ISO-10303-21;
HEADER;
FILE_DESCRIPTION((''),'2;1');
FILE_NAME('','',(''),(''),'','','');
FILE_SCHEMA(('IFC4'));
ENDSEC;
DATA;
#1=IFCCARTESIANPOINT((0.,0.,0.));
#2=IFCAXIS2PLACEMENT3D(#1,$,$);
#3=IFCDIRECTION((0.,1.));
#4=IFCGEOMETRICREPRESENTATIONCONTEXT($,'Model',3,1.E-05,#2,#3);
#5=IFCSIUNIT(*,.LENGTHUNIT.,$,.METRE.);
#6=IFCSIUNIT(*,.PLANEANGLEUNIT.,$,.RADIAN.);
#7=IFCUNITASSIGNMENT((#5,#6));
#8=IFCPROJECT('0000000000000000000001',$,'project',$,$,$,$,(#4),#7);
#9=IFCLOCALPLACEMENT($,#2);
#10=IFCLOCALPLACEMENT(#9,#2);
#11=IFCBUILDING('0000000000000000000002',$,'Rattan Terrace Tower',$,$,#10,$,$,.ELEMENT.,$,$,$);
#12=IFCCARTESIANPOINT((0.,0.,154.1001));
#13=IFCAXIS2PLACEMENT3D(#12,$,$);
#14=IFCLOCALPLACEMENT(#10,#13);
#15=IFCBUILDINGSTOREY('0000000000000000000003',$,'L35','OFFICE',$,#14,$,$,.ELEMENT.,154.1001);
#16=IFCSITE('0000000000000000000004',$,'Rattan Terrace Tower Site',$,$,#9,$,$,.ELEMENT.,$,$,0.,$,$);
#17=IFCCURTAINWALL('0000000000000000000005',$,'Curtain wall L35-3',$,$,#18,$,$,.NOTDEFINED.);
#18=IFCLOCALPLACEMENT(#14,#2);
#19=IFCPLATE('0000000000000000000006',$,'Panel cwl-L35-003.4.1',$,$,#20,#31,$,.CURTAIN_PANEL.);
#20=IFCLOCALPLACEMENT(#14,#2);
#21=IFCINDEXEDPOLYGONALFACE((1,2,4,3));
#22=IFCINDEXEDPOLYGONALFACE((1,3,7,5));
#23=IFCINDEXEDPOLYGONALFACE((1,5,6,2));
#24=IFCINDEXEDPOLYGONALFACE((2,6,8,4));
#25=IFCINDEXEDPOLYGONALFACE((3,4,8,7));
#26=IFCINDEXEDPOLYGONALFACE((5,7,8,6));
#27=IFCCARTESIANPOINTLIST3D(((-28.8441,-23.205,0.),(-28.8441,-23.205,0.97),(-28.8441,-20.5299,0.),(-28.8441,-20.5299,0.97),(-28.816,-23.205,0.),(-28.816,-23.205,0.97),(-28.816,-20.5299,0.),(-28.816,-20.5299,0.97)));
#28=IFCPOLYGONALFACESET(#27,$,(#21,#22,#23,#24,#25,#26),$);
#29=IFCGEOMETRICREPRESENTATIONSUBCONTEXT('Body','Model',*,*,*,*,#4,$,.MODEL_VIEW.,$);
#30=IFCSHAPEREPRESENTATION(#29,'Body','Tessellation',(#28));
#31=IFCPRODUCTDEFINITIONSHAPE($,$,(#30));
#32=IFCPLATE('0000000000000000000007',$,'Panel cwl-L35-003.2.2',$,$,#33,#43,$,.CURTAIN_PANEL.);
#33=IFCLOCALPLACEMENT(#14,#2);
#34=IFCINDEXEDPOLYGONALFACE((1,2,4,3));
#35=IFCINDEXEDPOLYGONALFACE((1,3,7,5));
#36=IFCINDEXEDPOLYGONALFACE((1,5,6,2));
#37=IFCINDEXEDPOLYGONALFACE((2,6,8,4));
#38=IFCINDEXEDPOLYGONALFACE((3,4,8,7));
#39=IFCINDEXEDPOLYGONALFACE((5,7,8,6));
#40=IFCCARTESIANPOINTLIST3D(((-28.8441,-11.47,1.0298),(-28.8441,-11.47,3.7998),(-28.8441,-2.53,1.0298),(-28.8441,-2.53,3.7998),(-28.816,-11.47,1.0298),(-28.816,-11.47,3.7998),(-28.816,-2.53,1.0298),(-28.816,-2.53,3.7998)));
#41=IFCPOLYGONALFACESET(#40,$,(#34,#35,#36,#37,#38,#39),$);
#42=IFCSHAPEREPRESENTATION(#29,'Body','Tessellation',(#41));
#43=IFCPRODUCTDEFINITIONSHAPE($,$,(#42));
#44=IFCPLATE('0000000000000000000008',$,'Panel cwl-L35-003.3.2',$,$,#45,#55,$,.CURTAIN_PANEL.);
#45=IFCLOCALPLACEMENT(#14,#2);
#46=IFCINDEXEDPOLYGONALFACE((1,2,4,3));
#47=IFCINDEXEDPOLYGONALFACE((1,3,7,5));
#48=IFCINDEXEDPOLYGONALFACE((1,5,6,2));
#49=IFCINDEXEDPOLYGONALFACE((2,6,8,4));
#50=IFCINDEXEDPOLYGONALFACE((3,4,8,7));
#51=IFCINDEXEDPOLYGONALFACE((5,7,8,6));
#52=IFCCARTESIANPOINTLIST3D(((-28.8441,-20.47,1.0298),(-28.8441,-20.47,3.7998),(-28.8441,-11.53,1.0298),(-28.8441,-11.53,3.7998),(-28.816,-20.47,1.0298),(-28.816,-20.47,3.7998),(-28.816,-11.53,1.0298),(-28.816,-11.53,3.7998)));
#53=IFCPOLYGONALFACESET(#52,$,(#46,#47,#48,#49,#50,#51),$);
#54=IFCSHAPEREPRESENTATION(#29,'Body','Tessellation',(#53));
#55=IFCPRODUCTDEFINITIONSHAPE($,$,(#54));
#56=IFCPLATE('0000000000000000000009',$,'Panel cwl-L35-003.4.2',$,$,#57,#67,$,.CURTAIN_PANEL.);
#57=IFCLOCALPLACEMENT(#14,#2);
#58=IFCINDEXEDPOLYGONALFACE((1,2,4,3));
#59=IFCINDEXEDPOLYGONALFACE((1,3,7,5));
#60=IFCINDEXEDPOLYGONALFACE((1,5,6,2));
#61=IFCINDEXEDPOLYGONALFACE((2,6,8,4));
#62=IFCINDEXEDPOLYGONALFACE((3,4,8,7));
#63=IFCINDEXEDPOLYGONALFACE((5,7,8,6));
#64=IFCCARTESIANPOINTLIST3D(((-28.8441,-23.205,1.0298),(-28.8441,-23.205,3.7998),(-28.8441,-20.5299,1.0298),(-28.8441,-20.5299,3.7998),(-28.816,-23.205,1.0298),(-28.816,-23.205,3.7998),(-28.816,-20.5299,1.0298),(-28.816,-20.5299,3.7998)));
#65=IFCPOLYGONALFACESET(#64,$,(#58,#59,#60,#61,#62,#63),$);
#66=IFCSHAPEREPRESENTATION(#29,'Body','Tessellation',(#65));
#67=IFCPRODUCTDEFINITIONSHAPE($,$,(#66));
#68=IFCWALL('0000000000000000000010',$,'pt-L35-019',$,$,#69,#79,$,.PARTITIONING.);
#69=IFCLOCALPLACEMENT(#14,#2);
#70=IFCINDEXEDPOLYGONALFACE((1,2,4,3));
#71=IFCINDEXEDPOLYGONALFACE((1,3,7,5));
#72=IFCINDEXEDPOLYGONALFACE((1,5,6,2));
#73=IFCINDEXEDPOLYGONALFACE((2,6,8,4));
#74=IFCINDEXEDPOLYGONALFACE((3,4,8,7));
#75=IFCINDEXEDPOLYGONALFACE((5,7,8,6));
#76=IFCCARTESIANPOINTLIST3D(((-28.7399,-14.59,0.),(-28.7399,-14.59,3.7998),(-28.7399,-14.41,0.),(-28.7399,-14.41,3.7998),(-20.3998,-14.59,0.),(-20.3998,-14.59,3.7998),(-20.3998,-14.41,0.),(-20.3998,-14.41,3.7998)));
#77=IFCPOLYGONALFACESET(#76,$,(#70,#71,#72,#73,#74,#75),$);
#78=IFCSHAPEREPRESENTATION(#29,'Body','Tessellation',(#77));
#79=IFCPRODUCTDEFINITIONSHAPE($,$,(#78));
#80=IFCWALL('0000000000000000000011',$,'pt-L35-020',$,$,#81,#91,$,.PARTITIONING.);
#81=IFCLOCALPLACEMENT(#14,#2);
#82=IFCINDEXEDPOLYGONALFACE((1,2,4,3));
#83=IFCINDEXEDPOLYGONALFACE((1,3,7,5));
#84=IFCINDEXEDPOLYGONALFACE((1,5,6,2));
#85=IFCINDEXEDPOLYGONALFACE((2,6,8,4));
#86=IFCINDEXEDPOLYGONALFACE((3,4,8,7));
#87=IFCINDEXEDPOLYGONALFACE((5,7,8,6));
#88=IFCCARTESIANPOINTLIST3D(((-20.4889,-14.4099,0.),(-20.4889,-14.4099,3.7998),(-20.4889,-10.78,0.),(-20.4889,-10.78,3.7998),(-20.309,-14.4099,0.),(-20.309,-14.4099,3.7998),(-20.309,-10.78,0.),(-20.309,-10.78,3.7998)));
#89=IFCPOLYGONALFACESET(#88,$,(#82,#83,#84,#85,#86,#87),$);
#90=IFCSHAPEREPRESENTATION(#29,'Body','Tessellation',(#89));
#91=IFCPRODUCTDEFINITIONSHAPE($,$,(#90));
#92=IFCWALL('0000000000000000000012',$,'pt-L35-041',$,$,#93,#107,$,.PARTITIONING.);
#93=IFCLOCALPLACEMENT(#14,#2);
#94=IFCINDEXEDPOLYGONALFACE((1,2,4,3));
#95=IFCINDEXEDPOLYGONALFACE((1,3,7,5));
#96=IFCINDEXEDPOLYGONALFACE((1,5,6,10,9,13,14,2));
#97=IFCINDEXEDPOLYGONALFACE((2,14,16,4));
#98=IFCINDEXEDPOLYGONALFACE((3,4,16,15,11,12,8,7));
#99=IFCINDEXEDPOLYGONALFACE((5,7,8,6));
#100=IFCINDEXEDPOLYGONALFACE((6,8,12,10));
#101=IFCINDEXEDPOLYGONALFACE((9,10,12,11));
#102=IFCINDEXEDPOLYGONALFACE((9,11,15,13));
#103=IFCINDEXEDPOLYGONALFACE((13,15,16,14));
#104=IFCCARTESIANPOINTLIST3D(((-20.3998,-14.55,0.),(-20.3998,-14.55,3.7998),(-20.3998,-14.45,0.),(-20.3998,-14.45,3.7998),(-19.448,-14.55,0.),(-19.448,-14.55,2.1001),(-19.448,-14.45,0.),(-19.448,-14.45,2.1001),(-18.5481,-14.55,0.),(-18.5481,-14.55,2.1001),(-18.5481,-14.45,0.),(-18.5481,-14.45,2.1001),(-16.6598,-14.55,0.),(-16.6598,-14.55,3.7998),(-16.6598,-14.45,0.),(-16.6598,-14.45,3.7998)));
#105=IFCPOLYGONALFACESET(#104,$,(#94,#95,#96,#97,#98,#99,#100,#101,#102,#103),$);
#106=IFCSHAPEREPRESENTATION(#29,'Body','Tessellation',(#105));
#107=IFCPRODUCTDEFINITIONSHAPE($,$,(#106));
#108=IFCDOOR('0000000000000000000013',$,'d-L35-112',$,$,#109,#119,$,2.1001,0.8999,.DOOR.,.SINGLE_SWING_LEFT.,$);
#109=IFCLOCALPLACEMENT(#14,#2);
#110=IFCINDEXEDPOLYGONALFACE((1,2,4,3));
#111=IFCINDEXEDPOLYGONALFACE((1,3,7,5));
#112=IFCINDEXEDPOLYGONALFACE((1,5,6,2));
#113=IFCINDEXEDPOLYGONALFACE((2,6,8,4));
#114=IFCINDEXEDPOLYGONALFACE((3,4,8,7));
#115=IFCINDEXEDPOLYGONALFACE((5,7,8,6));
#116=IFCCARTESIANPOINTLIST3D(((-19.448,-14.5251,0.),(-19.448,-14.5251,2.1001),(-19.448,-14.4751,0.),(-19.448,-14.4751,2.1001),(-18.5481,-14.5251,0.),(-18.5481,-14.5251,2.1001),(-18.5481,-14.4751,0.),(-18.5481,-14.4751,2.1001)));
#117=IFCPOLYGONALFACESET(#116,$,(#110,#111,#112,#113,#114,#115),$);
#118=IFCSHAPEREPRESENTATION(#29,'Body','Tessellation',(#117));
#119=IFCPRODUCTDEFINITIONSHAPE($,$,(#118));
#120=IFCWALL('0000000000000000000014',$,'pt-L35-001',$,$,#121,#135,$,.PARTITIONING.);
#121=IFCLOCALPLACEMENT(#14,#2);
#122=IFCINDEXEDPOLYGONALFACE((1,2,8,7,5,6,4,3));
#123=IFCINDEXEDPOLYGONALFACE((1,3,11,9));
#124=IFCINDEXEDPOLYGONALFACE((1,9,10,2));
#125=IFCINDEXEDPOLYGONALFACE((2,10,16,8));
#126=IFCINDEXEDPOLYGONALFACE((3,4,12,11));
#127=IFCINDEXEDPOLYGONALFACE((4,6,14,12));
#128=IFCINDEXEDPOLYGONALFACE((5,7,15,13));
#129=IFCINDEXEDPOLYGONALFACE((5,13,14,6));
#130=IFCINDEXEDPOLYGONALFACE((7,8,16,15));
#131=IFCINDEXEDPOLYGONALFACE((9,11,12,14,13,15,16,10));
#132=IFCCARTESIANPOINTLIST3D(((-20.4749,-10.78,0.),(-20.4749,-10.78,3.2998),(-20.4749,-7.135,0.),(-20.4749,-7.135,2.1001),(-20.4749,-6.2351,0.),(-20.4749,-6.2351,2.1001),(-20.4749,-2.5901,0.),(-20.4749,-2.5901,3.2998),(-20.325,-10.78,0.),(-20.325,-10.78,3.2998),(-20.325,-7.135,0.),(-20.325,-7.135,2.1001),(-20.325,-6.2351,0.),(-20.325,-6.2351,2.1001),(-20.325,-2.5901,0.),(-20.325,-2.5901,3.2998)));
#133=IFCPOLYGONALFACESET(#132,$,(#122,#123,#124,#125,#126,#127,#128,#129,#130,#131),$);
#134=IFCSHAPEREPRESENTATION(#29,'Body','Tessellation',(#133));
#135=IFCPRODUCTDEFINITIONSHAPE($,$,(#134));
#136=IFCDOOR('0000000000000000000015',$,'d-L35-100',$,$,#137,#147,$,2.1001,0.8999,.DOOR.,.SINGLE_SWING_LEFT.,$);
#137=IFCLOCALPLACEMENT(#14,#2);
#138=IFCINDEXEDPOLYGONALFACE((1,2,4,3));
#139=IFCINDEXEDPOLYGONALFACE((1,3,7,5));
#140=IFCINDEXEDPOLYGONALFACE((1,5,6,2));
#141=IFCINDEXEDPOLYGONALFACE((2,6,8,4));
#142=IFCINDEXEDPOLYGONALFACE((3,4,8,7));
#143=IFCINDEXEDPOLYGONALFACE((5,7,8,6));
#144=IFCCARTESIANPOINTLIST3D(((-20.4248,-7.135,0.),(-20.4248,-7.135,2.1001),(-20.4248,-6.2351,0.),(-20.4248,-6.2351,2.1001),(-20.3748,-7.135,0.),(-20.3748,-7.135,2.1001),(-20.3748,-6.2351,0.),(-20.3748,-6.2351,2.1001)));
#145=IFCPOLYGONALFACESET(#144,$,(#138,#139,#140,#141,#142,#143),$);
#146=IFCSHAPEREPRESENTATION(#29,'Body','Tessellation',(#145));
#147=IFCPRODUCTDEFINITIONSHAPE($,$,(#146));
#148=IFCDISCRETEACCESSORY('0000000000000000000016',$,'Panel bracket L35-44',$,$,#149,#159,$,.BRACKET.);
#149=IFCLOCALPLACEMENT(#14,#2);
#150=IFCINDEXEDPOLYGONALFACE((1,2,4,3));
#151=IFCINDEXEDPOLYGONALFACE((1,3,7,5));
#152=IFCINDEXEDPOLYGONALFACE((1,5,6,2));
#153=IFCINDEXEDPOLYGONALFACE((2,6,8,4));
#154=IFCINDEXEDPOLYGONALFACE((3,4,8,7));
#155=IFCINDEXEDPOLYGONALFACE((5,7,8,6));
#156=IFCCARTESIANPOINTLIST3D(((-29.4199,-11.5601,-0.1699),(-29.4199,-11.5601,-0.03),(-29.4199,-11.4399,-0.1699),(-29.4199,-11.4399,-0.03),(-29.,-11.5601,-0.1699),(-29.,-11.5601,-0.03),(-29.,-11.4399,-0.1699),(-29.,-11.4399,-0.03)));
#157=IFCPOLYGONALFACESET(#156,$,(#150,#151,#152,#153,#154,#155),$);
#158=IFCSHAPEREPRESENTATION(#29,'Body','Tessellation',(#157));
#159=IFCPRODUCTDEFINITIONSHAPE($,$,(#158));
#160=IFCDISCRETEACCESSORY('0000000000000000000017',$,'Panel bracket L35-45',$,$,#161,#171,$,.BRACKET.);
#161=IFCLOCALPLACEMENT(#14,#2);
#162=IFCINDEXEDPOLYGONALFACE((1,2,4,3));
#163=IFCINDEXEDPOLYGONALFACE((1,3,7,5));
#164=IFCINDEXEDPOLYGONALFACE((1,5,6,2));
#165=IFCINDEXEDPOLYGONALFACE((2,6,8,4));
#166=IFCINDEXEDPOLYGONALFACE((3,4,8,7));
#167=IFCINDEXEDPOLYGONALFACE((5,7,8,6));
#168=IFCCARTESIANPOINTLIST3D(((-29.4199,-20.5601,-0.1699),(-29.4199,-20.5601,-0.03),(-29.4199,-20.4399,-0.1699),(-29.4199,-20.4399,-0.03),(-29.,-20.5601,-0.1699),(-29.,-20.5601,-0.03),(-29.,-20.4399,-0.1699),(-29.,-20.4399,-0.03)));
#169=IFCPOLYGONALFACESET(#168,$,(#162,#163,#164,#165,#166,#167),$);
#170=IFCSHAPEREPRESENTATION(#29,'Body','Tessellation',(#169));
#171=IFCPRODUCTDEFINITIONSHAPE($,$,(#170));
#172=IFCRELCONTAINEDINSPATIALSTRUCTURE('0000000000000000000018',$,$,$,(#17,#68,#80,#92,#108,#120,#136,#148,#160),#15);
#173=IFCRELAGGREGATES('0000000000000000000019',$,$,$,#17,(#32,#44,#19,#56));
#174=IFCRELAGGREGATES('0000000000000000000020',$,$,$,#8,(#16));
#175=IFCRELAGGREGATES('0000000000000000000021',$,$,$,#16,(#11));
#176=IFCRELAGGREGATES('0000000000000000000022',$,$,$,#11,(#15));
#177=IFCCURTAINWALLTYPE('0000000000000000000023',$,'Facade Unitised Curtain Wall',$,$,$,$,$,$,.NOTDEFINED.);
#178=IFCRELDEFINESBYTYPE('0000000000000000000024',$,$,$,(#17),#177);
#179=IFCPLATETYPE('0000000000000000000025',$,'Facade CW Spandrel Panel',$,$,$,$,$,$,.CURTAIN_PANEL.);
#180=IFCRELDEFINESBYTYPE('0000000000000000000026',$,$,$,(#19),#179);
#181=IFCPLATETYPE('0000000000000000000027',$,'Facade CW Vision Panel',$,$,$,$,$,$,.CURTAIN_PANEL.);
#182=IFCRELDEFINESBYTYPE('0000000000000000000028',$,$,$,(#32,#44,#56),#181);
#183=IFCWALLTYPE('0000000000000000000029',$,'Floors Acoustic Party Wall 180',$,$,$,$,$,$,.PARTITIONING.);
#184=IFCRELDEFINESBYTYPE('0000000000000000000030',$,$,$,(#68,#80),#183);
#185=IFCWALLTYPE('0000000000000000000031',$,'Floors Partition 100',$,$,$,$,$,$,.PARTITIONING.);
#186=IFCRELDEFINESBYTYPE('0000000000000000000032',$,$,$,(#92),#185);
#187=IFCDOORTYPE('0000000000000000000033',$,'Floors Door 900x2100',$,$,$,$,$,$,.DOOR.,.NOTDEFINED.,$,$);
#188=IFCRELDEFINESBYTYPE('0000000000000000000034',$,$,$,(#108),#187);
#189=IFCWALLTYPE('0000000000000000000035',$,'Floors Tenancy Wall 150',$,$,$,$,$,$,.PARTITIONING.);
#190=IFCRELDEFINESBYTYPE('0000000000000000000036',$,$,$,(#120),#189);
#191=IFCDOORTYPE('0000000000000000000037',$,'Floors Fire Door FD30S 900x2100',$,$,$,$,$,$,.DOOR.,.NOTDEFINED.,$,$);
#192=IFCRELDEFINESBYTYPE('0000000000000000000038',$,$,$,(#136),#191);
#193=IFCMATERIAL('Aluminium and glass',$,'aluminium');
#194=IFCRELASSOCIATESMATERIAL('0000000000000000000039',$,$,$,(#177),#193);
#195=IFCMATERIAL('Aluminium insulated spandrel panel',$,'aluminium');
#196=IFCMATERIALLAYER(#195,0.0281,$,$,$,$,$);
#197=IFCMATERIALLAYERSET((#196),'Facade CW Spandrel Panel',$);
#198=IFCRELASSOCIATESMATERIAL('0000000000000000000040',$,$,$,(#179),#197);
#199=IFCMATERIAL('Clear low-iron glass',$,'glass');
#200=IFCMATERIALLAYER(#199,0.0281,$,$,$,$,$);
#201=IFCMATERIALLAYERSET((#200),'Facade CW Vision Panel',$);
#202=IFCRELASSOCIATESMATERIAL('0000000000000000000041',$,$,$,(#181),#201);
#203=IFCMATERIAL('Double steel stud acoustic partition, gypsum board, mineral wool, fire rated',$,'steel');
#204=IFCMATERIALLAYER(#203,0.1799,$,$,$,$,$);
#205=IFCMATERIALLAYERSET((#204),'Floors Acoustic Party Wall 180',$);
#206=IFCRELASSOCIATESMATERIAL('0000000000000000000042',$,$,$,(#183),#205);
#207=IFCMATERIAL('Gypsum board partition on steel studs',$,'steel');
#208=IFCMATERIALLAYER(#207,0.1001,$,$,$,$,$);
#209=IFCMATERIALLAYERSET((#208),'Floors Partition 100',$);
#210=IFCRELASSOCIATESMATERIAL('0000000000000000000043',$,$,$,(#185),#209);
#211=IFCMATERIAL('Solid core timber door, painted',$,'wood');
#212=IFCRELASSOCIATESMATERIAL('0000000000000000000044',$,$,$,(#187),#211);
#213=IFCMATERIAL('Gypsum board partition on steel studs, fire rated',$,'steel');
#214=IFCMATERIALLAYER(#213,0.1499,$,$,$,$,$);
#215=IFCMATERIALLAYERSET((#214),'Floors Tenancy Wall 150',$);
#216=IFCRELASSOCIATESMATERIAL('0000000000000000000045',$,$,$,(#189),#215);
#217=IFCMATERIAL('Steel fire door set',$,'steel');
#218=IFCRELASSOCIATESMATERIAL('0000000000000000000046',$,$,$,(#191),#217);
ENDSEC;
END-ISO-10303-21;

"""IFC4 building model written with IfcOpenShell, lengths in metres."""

from ifc_helpers import new_model, si_unit, direction, frame, frame_2d, origin, origin_2d, place, context, subcontext, project, spatial, rectangle, extrude, material, layer, layer_set, type_object, element, fill, aggregate, save


model = new_model("IFC4")

# Units and contexts
model_context = context("Model", 3, precision=1e-05, world=origin(), true_north=direction((0.0, 1.0)))
body_context = subcontext(model_context, "Body", "Model", "MODEL_VIEW")
ifc_project = project(units=[si_unit("LENGTHUNIT", "METRE"), si_unit("PLANEANGLEUNIT", "RADIAN")], contexts=[model_context])

# Site, building, storey
site_placement = place(None, origin())
site = spatial("IfcSite", under=ifc_project, at=site_placement, Name="Rattan Terrace Tower Site", CompositionType="ELEMENT", RefElevation=0.0)
building_placement = place(site_placement, origin())
building = spatial("IfcBuilding", under=site, at=building_placement, Name="Rattan Terrace Tower", CompositionType="ELEMENT")
storey_placement = place(building_placement, frame((0.0, 0.0, 154.1001)))
storey = spatial("IfcBuildingStorey", under=building, at=storey_placement, Name="L35", Description="OFFICE", CompositionType="ELEMENT", Elevation=154.1001)

# Curtain wall
ifc_material_1 = material(Name="Aluminium and glass", Category="aluminium")
curtain_wall_type = type_object("IfcCurtainWallType", Name="Facade Unitised Curtain Wall", PredefinedType="NOTDEFINED", material=ifc_material_1)
curtain_wall_placement = place(storey_placement, origin())
curtain_wall = element("IfcCurtainWall", 1, at=curtain_wall_placement, inside=storey, type_object=curtain_wall_type, Name="Curtain wall L35-3", PredefinedType="NOTDEFINED")

# Plates
ifc_material_2 = material(Name="Aluminium insulated spandrel panel", Category="aluminium")
ifc_layer_1 = layer(ifc_material_2, 0.0281)
ifc_layer_set_1 = layer_set([ifc_layer_1], Name="Facade CW Spandrel Panel")
plate_type_1 = type_object("IfcPlateType", Name="Facade CW Spandrel Panel", PredefinedType="CURTAIN_PANEL", material=ifc_layer_set_1)
plate_1_placement = place(storey_placement, frame((-28.8301, -21.8674, 0.0), z_axis=(0.0, 0.0, 1.0), x_axis=(0.0, -1.0, 0.0)))
plate_1 = element("IfcPlate", 2, at=plate_1_placement, type_object=plate_type_1, Name="Panel cwl-L35-003.4.1", PredefinedType="CURTAIN_PANEL", context=body_context, shape_type="SweptSolid", body=[
    extrude(rectangle(XDim=2.675, YDim=0.0281, at=origin_2d()), origin(), (0.0, 0.0, 1.0), 0.97),
])
ifc_material_3 = material(Name="Clear low-iron glass", Category="glass")
ifc_layer_2 = layer(ifc_material_3, 0.0281)
ifc_layer_set_2 = layer_set([ifc_layer_2], Name="Facade CW Vision Panel")
plate_type_2 = type_object("IfcPlateType", Name="Facade CW Vision Panel", PredefinedType="CURTAIN_PANEL", material=ifc_layer_set_2)
plate_2_placement = place(storey_placement, frame((-28.8301, -7.0, 1.0298), z_axis=(0.0, 0.0, 1.0), x_axis=(0.0, -1.0, 0.0)))
plate_2 = element("IfcPlate", 3, at=plate_2_placement, type_object=plate_type_2, Name="Panel cwl-L35-003.2.2", PredefinedType="CURTAIN_PANEL", context=body_context, shape_type="SweptSolid", body=[
    extrude(rectangle(XDim=8.9399, YDim=0.0281, at=origin_2d()), origin(), (0.0, 0.0, 1.0), 2.77),
])
plate_3_placement = place(storey_placement, frame((-28.8301, -16.0, 1.0298), z_axis=(0.0, 0.0, 1.0), x_axis=(0.0, -1.0, 0.0)))
plate_3 = element("IfcPlate", 4, at=plate_3_placement, type_object=plate_type_2, Name="Panel cwl-L35-003.3.2", PredefinedType="CURTAIN_PANEL", context=body_context, shape_type="SweptSolid", body=[
    extrude(rectangle(XDim=8.9399, YDim=0.0281, at=origin_2d()), origin(), (0.0, 0.0, 1.0), 2.77),
])
plate_4_placement = place(storey_placement, frame((-28.8301, -21.8674, 1.0298), z_axis=(0.0, 0.0, 1.0), x_axis=(0.0, -1.0, 0.0)))
plate_4 = element("IfcPlate", 5, at=plate_4_placement, type_object=plate_type_2, Name="Panel cwl-L35-003.4.2", PredefinedType="CURTAIN_PANEL", context=body_context, shape_type="SweptSolid", body=[
    extrude(rectangle(XDim=2.675, YDim=0.0281, at=origin_2d()), origin(), (0.0, 0.0, 1.0), 2.77),
])
aggregate(curtain_wall, [plate_2, plate_3, plate_1, plate_4])

# Walls
ifc_material_4 = material(Name="Double steel stud acoustic partition, gypsum board, mineral wool, fire rated", Category="steel")
ifc_layer_3 = layer(ifc_material_4, 0.1799)
ifc_layer_set_3 = layer_set([ifc_layer_3], Name="Floors Acoustic Party Wall 180")
wall_type_1 = type_object("IfcWallType", Name="Floors Acoustic Party Wall 180", PredefinedType="PARTITIONING", material=ifc_layer_set_3)
wall_1_placement = place(storey_placement, frame((-20.3999, -14.5, 0.0), z_axis=(0.0, 0.0, 1.0), x_axis=(-1.0, 0.0, 0.0)))
element("IfcWall", 6, at=wall_1_placement, inside=storey, type_object=wall_type_1, Name="pt-L35-019", PredefinedType="PARTITIONING", context=body_context, shape_type="SweptSolid", body=[
    extrude(rectangle(XDim=8.3401, YDim=0.1799, at=frame_2d((4.1699, 0.0))), origin(), (0.0, 0.0, 1.0), 3.7998),
])
wall_2_placement = place(storey_placement, frame((-20.3989, -10.78, 0.0), z_axis=(0.0, 0.0, 1.0), x_axis=(0.0, -1.0, 0.0)))
element("IfcWall", 7, at=wall_2_placement, inside=storey, type_object=wall_type_1, Name="pt-L35-020", PredefinedType="PARTITIONING", context=body_context, shape_type="SweptSolid", body=[
    extrude(rectangle(XDim=3.6299, YDim=0.1799, at=frame_2d((1.8149, 0.0))), origin(), (0.0, 0.0, 1.0), 3.7998),
])

# Walls, openings, doors
ifc_material_5 = material(Name="Gypsum board partition on steel studs", Category="steel")
ifc_layer_4 = layer(ifc_material_5, 0.1001)
ifc_layer_set_4 = layer_set([ifc_layer_4], Name="Floors Partition 100")
wall_type_2 = type_object("IfcWallType", Name="Floors Partition 100", PredefinedType="PARTITIONING", material=ifc_layer_set_4)
wall_3_placement = place(storey_placement, frame((-20.3999, -14.5, 0.0), z_axis=(0.0, 0.0, 1.0), x_axis=(1.0, 0.0, 0.0)))
wall_3 = element("IfcWall", 8, at=wall_3_placement, inside=storey, type_object=wall_type_2, Name="pt-L35-041", PredefinedType="PARTITIONING", context=body_context, shape_type="SweptSolid", body=[
    extrude(rectangle(XDim=3.74, YDim=0.1001, at=frame_2d((1.8701, 0.0))), origin(), (0.0, 0.0, 1.0), 3.7998),
])
opening_1_placement = place(wall_3_placement, frame((0.9519, 0.0, 0.0)))
opening_1 = element("IfcOpeningElement", 9, at=opening_1_placement, cuts=wall_3, PredefinedType="OPENING", context=body_context, shape_type="SweptSolid", body=[
    extrude(rectangle(XDim=0.8999, YDim=2.1001, at=frame_2d((0.45, 1.05))), frame((0.0, 0.0605, 0.0), z_axis=(0.0, -1.0, 0.0), x_axis=(1.0, 0.0, 0.0)), (0.0, 0.0, 1.0), 0.1211),
])
ifc_material_6 = material(Name="Solid core timber door, painted", Category="wood")
door_type_1 = type_object("IfcDoorType", Name="Floors Door 900x2100", OperationType="NOTDEFINED", PredefinedType="DOOR", material=ifc_material_6)
door_1_placement = place(opening_1_placement, origin())
door_1 = element("IfcDoor", 10, at=door_1_placement, inside=storey, type_object=door_type_1, Name="d-L35-112", OperationType="SINGLE_SWING_LEFT", OverallHeight=2.1001, OverallWidth=0.8999, PredefinedType="DOOR", context=body_context, shape_type="SweptSolid", body=[
    extrude(rectangle(XDim=0.8999, YDim=2.1001, at=frame_2d((0.45, 1.05))), frame((0.0, 0.0249, 0.0), z_axis=(0.0, -1.0, 0.0), x_axis=(1.0, 0.0, 0.0)), (0.0, 0.0, 1.0), 0.05),
])
fill(opening_1, door_1)
ifc_material_7 = material(Name="Gypsum board partition on steel studs, fire rated", Category="steel")
ifc_layer_5 = layer(ifc_material_7, 0.1499)
ifc_layer_set_5 = layer_set([ifc_layer_5], Name="Floors Tenancy Wall 150")
wall_type_3 = type_object("IfcWallType", Name="Floors Tenancy Wall 150", PredefinedType="PARTITIONING", material=ifc_layer_set_5)
wall_4_placement = place(storey_placement, frame((-20.3999, -10.78, 0.0), z_axis=(0.0, 0.0, 1.0), x_axis=(0.0, 1.0, 0.0)))
wall_4 = element("IfcWall", 11, at=wall_4_placement, inside=storey, type_object=wall_type_3, Name="pt-L35-001", PredefinedType="PARTITIONING", context=body_context, shape_type="SweptSolid", body=[
    extrude(rectangle(XDim=8.1899, YDim=0.1499, at=frame_2d((4.095, 0.0))), origin(), (0.0, 0.0, 1.0), 3.2998),
])
opening_2_placement = place(wall_4_placement, frame((3.645, 0.0, 0.0)))
opening_2 = element("IfcOpeningElement", 12, at=opening_2_placement, cuts=wall_4, PredefinedType="OPENING", context=body_context, shape_type="SweptSolid", body=[
    extrude(rectangle(XDim=0.8999, YDim=2.1001, at=frame_2d((0.45, 1.05))), frame((0.0, 0.0854, 0.0), z_axis=(0.0, -1.0, 0.0), x_axis=(1.0, 0.0, 0.0)), (0.0, 0.0, 1.0), 0.1709),
])
ifc_material_8 = material(Name="Steel fire door set", Category="steel")
door_type_2 = type_object("IfcDoorType", Name="Floors Fire Door FD30S 900x2100", OperationType="NOTDEFINED", PredefinedType="DOOR", material=ifc_material_8)
door_2_placement = place(opening_2_placement, origin())
door_2 = element("IfcDoor", 13, at=door_2_placement, inside=storey, type_object=door_type_2, Name="d-L35-100", OperationType="SINGLE_SWING_LEFT", OverallHeight=2.1001, OverallWidth=0.8999, PredefinedType="DOOR", context=body_context, shape_type="SweptSolid", body=[
    extrude(rectangle(XDim=0.8999, YDim=2.1001, at=frame_2d((0.45, 1.05))), frame((0.0, 0.0249, 0.0), z_axis=(0.0, -1.0, 0.0), x_axis=(1.0, 0.0, 0.0)), (0.0, 0.0, 1.0), 0.05),
])
fill(opening_2, door_2)

# Discrete accessories
for number, where, z_axis, x_axis, name in (
    (14, (-29.21, -11.5, -0.1699), (0.0, 0.0, 1.0), (0.0, -1.0, 0.0), "Panel bracket L35-44"),
    (15, (-29.21, -20.5, -0.1699), (0.0, 0.0, 1.0), (0.0, -1.0, 0.0), "Panel bracket L35-45"),
):
    element("IfcDiscreteAccessory", number, at=place(storey_placement, frame(where, z_axis=z_axis, x_axis=x_axis)), inside=storey, Name=name, PredefinedType="BRACKET", context=body_context, shape_type="SweptSolid", body=[
        extrude(rectangle(XDim=0.1201, YDim=0.4199, at=origin_2d()), origin(), (0.0, 0.0, 1.0), 0.1399),
    ])

save(model, "model.ifc")
